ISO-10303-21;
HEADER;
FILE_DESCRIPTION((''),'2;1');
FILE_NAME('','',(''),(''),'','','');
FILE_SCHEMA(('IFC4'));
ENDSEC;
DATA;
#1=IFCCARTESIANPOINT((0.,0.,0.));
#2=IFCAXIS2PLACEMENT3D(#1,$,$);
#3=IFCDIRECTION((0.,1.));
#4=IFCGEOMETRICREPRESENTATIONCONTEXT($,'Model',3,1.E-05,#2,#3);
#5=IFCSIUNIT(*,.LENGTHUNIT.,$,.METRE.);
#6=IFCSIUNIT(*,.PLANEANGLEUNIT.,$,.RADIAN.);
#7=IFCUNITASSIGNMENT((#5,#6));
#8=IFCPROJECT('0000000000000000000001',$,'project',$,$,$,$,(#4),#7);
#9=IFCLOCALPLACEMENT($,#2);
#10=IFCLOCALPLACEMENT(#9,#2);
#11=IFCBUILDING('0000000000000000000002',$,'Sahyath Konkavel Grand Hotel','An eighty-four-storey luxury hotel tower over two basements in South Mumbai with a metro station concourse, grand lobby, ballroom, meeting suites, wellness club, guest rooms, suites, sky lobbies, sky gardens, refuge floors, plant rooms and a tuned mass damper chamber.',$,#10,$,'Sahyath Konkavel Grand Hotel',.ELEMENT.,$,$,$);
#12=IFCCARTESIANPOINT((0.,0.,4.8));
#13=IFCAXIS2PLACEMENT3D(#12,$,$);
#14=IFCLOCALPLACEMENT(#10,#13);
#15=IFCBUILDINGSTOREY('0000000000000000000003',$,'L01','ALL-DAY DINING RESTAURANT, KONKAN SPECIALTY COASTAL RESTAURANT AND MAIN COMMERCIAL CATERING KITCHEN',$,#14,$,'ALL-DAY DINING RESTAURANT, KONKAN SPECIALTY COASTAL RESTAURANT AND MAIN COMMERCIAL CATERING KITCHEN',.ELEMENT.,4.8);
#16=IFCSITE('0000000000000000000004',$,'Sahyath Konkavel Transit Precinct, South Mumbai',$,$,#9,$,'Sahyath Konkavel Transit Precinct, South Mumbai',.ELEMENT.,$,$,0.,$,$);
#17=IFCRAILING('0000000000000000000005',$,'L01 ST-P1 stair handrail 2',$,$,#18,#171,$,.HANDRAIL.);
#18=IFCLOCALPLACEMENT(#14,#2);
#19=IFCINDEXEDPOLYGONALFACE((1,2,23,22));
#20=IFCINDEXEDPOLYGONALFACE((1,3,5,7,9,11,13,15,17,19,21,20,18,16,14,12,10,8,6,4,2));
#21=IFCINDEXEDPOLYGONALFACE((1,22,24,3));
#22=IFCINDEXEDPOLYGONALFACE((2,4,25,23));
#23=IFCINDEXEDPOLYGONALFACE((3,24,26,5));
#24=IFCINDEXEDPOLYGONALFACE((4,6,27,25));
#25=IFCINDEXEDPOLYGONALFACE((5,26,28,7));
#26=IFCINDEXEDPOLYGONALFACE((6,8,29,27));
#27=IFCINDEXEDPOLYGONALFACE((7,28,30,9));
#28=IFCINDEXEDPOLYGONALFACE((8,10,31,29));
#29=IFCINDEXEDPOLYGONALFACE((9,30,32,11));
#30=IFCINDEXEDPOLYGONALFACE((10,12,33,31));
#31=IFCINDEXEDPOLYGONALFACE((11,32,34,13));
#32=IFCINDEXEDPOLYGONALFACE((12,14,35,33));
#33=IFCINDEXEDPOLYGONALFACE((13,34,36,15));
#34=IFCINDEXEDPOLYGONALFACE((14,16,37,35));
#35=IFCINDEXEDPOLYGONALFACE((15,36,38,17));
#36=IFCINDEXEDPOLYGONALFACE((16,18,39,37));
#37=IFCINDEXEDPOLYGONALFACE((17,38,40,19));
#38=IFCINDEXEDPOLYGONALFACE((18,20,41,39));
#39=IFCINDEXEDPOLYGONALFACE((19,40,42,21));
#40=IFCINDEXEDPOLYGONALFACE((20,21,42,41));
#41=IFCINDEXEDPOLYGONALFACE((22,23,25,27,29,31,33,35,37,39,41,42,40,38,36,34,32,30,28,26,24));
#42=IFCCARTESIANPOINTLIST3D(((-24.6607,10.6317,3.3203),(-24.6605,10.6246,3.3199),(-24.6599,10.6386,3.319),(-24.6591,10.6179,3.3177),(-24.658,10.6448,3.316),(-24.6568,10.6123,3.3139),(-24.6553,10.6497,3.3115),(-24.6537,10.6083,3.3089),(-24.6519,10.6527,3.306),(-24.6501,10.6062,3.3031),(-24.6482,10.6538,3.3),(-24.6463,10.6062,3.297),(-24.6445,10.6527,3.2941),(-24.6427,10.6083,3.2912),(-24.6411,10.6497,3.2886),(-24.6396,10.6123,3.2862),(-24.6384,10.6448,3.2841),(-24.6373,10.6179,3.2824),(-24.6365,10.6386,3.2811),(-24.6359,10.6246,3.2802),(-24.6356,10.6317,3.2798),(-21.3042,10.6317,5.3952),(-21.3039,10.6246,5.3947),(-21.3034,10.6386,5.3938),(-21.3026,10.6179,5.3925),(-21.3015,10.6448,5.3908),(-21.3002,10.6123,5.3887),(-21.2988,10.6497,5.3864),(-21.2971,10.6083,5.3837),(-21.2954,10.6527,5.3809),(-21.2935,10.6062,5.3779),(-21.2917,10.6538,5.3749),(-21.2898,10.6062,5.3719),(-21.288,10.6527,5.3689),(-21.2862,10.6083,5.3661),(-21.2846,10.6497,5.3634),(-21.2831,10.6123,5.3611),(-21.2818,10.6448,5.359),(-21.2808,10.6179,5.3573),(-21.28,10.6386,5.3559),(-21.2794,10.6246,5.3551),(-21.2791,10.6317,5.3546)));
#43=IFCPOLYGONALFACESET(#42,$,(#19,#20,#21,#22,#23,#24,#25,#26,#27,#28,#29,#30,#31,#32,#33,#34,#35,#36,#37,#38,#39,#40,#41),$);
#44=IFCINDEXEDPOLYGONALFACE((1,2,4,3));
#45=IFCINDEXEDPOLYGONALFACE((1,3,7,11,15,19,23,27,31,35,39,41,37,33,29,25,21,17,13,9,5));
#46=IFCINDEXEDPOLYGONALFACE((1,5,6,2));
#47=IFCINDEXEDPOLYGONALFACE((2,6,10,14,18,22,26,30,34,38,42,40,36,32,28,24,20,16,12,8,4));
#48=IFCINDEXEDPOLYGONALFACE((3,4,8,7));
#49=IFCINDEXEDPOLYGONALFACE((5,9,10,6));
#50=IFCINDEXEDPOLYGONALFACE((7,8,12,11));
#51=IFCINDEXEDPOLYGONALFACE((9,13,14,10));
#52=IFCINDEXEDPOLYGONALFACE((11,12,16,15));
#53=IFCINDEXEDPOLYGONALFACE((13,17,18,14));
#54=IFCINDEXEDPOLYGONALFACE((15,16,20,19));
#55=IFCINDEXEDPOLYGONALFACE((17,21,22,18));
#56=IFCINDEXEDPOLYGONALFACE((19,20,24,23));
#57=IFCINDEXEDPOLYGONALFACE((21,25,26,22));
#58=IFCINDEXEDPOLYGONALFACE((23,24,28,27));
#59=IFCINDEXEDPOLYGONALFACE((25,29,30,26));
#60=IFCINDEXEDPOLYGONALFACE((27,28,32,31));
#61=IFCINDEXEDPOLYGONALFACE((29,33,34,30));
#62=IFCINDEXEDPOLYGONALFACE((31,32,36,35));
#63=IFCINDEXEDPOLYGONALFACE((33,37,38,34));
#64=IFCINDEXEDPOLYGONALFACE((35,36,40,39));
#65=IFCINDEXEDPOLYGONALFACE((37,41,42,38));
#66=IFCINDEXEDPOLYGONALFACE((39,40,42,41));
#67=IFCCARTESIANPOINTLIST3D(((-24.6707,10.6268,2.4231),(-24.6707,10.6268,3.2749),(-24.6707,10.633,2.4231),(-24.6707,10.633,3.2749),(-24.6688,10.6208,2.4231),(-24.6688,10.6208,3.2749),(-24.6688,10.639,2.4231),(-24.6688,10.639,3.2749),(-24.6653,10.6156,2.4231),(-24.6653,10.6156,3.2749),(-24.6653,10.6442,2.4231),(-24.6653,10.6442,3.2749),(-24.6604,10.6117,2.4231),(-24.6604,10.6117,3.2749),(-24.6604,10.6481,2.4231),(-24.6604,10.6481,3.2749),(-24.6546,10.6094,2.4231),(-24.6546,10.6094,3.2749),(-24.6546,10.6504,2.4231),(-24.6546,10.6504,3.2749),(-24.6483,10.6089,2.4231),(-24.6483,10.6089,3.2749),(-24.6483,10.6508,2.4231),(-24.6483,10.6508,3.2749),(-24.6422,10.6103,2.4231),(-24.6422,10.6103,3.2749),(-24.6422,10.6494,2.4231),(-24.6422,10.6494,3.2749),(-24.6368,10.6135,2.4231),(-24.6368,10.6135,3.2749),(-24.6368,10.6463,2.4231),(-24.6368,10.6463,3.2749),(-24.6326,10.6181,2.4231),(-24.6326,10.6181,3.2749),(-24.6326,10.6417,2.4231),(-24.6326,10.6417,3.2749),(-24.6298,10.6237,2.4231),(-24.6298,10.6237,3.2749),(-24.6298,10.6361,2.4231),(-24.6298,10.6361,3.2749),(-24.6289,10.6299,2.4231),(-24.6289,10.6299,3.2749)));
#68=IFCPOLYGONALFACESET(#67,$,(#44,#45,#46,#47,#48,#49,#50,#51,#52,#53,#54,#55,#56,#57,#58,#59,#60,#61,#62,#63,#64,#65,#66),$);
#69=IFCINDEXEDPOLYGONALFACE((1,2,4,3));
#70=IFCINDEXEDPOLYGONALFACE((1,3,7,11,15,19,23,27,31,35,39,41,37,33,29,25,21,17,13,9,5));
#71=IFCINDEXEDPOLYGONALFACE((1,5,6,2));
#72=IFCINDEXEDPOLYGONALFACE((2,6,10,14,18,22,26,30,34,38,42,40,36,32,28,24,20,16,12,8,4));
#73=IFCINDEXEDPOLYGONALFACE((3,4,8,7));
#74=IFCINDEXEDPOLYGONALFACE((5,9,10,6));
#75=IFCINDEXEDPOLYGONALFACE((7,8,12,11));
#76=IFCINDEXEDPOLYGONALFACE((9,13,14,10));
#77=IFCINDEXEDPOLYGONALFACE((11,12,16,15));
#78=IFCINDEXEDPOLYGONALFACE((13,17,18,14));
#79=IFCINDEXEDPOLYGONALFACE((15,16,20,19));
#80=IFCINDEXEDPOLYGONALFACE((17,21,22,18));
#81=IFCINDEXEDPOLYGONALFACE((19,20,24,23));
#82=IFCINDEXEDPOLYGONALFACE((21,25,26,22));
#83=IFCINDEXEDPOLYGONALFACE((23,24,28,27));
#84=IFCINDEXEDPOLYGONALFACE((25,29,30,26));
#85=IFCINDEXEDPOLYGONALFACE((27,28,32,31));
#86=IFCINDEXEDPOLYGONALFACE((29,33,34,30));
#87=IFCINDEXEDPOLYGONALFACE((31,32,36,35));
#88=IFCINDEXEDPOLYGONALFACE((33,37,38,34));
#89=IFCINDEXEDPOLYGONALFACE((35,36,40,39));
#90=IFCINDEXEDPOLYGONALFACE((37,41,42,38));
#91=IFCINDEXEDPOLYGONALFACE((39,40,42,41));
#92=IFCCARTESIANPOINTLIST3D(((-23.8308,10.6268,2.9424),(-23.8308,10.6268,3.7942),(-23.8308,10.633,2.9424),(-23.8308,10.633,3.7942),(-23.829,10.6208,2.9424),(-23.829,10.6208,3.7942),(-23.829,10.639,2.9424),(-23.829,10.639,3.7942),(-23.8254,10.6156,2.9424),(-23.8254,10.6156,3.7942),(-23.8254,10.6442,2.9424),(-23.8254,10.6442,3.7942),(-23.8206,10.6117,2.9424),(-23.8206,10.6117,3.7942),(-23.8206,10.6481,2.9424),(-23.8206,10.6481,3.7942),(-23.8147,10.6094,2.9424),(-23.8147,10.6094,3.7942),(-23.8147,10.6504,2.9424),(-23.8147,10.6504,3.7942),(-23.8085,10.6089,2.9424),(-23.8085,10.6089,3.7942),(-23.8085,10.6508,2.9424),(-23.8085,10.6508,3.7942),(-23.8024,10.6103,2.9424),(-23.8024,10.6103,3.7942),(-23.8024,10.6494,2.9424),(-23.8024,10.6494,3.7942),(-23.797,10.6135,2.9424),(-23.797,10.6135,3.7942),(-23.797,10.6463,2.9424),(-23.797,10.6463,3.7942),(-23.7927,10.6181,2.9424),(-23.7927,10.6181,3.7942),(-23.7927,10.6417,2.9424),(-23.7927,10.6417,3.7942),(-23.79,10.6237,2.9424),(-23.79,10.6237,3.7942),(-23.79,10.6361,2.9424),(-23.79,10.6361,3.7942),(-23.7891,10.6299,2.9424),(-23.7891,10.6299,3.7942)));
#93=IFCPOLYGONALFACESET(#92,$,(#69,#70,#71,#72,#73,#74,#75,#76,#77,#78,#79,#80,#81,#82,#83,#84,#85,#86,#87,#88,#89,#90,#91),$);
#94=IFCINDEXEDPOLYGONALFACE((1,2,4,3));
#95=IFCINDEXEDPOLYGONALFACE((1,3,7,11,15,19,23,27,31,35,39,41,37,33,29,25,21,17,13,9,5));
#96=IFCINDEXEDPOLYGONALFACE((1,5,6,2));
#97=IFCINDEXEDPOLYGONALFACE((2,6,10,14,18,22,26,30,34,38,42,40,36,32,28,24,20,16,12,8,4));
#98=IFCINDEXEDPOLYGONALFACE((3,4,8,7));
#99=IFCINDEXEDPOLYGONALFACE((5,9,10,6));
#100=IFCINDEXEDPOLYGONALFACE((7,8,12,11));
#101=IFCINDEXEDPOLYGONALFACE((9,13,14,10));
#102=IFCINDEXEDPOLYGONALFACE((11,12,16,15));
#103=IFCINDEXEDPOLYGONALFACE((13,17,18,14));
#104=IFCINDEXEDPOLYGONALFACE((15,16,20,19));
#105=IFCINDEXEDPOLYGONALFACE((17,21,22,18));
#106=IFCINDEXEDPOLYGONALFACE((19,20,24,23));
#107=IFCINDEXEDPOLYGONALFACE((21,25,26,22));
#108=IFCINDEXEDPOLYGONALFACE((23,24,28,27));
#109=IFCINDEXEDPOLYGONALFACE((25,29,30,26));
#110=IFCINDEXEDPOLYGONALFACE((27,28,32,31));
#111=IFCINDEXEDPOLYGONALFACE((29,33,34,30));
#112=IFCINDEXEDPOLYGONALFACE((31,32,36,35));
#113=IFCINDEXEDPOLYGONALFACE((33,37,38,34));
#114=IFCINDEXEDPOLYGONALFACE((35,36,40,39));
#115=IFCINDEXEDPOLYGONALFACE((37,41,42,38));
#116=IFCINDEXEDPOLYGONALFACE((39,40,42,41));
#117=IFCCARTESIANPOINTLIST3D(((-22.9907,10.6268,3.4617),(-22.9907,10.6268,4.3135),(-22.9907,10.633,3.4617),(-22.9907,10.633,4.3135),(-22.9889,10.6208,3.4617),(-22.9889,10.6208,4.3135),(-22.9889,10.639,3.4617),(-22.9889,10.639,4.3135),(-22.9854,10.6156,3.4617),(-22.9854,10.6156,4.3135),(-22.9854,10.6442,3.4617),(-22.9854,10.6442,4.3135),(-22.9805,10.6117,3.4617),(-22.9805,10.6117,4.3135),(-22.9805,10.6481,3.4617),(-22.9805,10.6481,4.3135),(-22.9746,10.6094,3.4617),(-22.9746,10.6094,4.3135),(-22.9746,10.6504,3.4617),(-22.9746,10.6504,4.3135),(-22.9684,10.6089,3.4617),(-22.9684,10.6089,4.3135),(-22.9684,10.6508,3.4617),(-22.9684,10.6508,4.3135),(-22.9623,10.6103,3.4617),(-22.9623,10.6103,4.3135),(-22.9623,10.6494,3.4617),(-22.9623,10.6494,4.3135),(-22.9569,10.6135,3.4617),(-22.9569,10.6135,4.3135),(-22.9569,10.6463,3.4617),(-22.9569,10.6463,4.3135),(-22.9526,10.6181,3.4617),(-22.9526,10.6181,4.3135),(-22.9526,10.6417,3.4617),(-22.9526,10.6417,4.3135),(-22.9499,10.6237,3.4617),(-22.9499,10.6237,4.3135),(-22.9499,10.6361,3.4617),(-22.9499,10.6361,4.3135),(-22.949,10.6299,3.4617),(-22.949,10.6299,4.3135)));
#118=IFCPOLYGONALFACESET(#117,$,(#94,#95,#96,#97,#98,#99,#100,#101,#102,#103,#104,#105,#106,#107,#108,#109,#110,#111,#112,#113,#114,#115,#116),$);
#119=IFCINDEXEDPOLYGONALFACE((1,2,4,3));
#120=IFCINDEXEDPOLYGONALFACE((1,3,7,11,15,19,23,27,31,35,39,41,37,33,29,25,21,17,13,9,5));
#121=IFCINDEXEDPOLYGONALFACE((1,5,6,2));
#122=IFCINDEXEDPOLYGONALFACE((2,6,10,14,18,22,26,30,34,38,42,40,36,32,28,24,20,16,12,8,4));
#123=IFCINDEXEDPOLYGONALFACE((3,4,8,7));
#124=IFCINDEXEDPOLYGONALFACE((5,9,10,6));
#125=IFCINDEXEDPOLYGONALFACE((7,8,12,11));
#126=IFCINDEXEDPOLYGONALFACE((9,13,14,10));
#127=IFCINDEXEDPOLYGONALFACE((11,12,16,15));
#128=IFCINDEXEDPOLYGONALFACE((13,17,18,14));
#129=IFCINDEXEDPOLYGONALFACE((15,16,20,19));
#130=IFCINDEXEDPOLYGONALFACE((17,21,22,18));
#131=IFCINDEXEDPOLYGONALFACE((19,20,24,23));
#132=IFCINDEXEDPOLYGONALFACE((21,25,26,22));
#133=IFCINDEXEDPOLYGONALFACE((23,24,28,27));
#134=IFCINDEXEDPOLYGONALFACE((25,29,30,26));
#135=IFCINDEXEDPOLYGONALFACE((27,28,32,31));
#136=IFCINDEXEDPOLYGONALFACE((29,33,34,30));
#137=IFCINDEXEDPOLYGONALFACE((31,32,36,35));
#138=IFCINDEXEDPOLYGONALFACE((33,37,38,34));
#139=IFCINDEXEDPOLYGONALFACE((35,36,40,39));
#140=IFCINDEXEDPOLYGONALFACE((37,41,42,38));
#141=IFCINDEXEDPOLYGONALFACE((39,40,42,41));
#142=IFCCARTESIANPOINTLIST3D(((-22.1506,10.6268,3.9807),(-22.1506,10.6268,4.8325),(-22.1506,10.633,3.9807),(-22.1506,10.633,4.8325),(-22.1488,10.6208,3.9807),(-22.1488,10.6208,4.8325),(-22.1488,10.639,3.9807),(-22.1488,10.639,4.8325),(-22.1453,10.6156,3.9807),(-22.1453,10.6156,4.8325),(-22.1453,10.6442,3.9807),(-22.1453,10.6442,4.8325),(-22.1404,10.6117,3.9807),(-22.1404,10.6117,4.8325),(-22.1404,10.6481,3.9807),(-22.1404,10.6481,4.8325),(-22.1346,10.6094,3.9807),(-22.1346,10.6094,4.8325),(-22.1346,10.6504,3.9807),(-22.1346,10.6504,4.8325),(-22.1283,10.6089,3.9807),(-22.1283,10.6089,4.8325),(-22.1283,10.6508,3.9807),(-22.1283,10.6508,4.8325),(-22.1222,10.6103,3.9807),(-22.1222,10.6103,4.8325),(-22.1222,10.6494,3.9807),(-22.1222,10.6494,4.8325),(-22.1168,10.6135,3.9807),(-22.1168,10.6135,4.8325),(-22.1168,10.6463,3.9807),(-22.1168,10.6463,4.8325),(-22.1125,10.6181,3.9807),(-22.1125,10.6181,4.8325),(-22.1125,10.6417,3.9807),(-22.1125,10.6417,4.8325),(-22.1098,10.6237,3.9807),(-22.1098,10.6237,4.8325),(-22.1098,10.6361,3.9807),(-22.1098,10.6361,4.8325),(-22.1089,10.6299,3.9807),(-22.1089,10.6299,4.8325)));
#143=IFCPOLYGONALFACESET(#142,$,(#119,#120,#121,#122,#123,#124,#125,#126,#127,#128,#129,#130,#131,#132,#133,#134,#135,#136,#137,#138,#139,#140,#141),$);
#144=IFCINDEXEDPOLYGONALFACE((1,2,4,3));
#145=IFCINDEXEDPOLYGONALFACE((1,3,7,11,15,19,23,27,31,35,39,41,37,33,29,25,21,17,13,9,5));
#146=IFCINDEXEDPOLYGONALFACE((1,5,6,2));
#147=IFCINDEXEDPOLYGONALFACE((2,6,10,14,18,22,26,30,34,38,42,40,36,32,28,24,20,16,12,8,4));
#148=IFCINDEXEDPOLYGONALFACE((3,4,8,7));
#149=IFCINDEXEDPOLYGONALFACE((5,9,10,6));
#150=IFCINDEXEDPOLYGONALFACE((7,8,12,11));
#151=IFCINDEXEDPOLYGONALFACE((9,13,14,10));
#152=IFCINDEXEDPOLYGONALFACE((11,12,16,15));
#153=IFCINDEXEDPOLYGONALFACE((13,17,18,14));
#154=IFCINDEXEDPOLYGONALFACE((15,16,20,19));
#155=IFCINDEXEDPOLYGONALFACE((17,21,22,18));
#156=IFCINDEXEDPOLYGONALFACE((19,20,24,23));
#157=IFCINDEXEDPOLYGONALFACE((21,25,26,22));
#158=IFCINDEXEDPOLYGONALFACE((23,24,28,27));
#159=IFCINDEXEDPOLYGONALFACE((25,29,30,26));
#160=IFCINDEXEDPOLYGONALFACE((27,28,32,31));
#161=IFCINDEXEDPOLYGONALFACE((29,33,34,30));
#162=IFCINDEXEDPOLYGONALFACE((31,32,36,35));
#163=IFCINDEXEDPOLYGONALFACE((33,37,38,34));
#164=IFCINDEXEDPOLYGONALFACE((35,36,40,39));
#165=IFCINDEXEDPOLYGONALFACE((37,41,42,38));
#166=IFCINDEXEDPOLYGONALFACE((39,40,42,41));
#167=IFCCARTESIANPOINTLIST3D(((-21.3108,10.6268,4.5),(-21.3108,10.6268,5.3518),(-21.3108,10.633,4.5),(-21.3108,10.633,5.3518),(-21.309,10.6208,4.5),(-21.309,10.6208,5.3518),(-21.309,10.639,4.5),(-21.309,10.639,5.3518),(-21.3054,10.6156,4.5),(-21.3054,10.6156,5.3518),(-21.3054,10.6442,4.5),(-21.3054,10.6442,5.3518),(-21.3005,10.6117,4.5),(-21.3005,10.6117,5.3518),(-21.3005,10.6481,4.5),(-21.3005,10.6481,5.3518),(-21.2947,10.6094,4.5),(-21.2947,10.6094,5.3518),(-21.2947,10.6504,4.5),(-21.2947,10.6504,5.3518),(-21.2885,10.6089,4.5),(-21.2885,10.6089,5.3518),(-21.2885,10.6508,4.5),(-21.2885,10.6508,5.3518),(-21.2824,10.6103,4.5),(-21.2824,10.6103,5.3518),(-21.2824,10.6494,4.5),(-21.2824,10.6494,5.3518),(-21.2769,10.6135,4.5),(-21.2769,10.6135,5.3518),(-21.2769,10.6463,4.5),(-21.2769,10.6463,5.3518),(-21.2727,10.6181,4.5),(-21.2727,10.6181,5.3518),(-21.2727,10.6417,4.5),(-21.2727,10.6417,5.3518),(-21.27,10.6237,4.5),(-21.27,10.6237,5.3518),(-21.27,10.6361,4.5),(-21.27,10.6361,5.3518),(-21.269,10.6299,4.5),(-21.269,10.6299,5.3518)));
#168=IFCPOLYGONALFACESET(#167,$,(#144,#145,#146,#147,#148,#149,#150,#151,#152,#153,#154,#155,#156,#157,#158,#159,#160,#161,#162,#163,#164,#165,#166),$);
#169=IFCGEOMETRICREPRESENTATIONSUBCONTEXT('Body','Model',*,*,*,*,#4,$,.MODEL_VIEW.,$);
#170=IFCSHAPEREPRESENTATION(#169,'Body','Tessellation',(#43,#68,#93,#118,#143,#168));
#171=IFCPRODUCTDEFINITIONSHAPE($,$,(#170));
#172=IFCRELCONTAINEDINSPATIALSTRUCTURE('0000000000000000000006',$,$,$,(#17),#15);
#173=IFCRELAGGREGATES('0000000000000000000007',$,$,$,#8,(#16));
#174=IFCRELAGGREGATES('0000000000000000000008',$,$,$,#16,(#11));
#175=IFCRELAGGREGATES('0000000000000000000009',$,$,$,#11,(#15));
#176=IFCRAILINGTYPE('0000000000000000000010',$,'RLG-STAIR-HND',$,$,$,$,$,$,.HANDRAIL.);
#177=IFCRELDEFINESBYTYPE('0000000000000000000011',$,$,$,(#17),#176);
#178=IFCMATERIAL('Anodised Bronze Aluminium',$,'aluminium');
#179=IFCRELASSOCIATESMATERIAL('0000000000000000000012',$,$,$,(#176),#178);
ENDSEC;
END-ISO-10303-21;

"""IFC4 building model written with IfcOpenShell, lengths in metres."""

from ifc_helpers import new_model, si_unit, direction, frame, origin, origin_2d, place, context, subcontext, project, spatial, circle, extrude, material, type_object, element, save


model = new_model("IFC4")

# Units and contexts
model_context = context("Model", 3, precision=1e-05, world=origin(), true_north=direction((0.0, 1.0)))
body_context = subcontext(model_context, "Body", "Model", "MODEL_VIEW")
ifc_project = project(units=[si_unit("LENGTHUNIT", "METRE"), si_unit("PLANEANGLEUNIT", "RADIAN")], contexts=[model_context])

# Site, building, storey
site_placement = place(None, origin())
site = spatial("IfcSite", under=ifc_project, at=site_placement, Name="Sahyath Konkavel Transit Precinct, South Mumbai", LongName="Sahyath Konkavel Transit Precinct, South Mumbai", CompositionType="ELEMENT", RefElevation=0.0)
building_placement = place(site_placement, origin())
building = spatial("IfcBuilding", under=site, at=building_placement, Name="Sahyath Konkavel Grand Hotel", Description="An eighty-four-storey luxury hotel tower over two basements in South Mumbai with a metro station concourse, grand lobby, ballroom, meeting suites, wellness club, guest rooms, suites, sky lobbies, sky gardens, refuge floors, plant rooms and a tuned mass damper chamber.", LongName="Sahyath Konkavel Grand Hotel", CompositionType="ELEMENT")
storey_placement = place(building_placement, frame((0.0, 0.0, 4.8)))
storey = spatial("IfcBuildingStorey", under=building, at=storey_placement, Name="L01", Description="ALL-DAY DINING RESTAURANT, KONKAN SPECIALTY COASTAL RESTAURANT AND MAIN COMMERCIAL CATERING KITCHEN", LongName="ALL-DAY DINING RESTAURANT, KONKAN SPECIALTY COASTAL RESTAURANT AND MAIN COMMERCIAL CATERING KITCHEN", CompositionType="ELEMENT", Elevation=4.8)

# Railing
ifc_material_1 = material(Name="Anodised Bronze Aluminium", Category="aluminium")
railing_type_1 = type_object("IfcRailingType", Name="RLG-STAIR-HND", PredefinedType="HANDRAIL", material=ifc_material_1)
railing_1_placement = place(storey_placement, frame((-24.6499, 10.6299, 2.4231)))
element("IfcRailing", 1, at=railing_1_placement, inside=storey, type_object=railing_type_1, Name="L01 ST-P1 stair handrail 2", PredefinedType="HANDRAIL", context=body_context, shape_type="SweptSolid", body=[
    extrude(circle(Radius=0.0239, at=origin_2d()), frame((0.0017, 0.0, 0.877), z_axis=(0.850606, 0.0, 0.525803), x_axis=(0.0, 1.0, 0.0)), (0.0, 0.0, 1.0), 3.946),
    extrude(circle(Radius=0.021, at=origin_2d()), origin(), (0.0, 0.0, 1.0), 0.8518),
    extrude(circle(Radius=0.021, at=origin_2d()), frame((0.8398, 0.0, 0.5193)), (0.0, 0.0, 1.0), 0.8518),
    extrude(circle(Radius=0.021, at=origin_2d()), frame((1.6799, 0.0, 1.0386)), (0.0, 0.0, 1.0), 0.8518),
    extrude(circle(Radius=0.021, at=origin_2d()), frame((2.52, 0.0, 1.5576)), (0.0, 0.0, 1.0), 0.8518),
    extrude(circle(Radius=0.021, at=origin_2d()), frame((3.3599, 0.0, 2.0769)), (0.0, 0.0, 1.0), 0.8518),
])

save(model, "model.ifc")
